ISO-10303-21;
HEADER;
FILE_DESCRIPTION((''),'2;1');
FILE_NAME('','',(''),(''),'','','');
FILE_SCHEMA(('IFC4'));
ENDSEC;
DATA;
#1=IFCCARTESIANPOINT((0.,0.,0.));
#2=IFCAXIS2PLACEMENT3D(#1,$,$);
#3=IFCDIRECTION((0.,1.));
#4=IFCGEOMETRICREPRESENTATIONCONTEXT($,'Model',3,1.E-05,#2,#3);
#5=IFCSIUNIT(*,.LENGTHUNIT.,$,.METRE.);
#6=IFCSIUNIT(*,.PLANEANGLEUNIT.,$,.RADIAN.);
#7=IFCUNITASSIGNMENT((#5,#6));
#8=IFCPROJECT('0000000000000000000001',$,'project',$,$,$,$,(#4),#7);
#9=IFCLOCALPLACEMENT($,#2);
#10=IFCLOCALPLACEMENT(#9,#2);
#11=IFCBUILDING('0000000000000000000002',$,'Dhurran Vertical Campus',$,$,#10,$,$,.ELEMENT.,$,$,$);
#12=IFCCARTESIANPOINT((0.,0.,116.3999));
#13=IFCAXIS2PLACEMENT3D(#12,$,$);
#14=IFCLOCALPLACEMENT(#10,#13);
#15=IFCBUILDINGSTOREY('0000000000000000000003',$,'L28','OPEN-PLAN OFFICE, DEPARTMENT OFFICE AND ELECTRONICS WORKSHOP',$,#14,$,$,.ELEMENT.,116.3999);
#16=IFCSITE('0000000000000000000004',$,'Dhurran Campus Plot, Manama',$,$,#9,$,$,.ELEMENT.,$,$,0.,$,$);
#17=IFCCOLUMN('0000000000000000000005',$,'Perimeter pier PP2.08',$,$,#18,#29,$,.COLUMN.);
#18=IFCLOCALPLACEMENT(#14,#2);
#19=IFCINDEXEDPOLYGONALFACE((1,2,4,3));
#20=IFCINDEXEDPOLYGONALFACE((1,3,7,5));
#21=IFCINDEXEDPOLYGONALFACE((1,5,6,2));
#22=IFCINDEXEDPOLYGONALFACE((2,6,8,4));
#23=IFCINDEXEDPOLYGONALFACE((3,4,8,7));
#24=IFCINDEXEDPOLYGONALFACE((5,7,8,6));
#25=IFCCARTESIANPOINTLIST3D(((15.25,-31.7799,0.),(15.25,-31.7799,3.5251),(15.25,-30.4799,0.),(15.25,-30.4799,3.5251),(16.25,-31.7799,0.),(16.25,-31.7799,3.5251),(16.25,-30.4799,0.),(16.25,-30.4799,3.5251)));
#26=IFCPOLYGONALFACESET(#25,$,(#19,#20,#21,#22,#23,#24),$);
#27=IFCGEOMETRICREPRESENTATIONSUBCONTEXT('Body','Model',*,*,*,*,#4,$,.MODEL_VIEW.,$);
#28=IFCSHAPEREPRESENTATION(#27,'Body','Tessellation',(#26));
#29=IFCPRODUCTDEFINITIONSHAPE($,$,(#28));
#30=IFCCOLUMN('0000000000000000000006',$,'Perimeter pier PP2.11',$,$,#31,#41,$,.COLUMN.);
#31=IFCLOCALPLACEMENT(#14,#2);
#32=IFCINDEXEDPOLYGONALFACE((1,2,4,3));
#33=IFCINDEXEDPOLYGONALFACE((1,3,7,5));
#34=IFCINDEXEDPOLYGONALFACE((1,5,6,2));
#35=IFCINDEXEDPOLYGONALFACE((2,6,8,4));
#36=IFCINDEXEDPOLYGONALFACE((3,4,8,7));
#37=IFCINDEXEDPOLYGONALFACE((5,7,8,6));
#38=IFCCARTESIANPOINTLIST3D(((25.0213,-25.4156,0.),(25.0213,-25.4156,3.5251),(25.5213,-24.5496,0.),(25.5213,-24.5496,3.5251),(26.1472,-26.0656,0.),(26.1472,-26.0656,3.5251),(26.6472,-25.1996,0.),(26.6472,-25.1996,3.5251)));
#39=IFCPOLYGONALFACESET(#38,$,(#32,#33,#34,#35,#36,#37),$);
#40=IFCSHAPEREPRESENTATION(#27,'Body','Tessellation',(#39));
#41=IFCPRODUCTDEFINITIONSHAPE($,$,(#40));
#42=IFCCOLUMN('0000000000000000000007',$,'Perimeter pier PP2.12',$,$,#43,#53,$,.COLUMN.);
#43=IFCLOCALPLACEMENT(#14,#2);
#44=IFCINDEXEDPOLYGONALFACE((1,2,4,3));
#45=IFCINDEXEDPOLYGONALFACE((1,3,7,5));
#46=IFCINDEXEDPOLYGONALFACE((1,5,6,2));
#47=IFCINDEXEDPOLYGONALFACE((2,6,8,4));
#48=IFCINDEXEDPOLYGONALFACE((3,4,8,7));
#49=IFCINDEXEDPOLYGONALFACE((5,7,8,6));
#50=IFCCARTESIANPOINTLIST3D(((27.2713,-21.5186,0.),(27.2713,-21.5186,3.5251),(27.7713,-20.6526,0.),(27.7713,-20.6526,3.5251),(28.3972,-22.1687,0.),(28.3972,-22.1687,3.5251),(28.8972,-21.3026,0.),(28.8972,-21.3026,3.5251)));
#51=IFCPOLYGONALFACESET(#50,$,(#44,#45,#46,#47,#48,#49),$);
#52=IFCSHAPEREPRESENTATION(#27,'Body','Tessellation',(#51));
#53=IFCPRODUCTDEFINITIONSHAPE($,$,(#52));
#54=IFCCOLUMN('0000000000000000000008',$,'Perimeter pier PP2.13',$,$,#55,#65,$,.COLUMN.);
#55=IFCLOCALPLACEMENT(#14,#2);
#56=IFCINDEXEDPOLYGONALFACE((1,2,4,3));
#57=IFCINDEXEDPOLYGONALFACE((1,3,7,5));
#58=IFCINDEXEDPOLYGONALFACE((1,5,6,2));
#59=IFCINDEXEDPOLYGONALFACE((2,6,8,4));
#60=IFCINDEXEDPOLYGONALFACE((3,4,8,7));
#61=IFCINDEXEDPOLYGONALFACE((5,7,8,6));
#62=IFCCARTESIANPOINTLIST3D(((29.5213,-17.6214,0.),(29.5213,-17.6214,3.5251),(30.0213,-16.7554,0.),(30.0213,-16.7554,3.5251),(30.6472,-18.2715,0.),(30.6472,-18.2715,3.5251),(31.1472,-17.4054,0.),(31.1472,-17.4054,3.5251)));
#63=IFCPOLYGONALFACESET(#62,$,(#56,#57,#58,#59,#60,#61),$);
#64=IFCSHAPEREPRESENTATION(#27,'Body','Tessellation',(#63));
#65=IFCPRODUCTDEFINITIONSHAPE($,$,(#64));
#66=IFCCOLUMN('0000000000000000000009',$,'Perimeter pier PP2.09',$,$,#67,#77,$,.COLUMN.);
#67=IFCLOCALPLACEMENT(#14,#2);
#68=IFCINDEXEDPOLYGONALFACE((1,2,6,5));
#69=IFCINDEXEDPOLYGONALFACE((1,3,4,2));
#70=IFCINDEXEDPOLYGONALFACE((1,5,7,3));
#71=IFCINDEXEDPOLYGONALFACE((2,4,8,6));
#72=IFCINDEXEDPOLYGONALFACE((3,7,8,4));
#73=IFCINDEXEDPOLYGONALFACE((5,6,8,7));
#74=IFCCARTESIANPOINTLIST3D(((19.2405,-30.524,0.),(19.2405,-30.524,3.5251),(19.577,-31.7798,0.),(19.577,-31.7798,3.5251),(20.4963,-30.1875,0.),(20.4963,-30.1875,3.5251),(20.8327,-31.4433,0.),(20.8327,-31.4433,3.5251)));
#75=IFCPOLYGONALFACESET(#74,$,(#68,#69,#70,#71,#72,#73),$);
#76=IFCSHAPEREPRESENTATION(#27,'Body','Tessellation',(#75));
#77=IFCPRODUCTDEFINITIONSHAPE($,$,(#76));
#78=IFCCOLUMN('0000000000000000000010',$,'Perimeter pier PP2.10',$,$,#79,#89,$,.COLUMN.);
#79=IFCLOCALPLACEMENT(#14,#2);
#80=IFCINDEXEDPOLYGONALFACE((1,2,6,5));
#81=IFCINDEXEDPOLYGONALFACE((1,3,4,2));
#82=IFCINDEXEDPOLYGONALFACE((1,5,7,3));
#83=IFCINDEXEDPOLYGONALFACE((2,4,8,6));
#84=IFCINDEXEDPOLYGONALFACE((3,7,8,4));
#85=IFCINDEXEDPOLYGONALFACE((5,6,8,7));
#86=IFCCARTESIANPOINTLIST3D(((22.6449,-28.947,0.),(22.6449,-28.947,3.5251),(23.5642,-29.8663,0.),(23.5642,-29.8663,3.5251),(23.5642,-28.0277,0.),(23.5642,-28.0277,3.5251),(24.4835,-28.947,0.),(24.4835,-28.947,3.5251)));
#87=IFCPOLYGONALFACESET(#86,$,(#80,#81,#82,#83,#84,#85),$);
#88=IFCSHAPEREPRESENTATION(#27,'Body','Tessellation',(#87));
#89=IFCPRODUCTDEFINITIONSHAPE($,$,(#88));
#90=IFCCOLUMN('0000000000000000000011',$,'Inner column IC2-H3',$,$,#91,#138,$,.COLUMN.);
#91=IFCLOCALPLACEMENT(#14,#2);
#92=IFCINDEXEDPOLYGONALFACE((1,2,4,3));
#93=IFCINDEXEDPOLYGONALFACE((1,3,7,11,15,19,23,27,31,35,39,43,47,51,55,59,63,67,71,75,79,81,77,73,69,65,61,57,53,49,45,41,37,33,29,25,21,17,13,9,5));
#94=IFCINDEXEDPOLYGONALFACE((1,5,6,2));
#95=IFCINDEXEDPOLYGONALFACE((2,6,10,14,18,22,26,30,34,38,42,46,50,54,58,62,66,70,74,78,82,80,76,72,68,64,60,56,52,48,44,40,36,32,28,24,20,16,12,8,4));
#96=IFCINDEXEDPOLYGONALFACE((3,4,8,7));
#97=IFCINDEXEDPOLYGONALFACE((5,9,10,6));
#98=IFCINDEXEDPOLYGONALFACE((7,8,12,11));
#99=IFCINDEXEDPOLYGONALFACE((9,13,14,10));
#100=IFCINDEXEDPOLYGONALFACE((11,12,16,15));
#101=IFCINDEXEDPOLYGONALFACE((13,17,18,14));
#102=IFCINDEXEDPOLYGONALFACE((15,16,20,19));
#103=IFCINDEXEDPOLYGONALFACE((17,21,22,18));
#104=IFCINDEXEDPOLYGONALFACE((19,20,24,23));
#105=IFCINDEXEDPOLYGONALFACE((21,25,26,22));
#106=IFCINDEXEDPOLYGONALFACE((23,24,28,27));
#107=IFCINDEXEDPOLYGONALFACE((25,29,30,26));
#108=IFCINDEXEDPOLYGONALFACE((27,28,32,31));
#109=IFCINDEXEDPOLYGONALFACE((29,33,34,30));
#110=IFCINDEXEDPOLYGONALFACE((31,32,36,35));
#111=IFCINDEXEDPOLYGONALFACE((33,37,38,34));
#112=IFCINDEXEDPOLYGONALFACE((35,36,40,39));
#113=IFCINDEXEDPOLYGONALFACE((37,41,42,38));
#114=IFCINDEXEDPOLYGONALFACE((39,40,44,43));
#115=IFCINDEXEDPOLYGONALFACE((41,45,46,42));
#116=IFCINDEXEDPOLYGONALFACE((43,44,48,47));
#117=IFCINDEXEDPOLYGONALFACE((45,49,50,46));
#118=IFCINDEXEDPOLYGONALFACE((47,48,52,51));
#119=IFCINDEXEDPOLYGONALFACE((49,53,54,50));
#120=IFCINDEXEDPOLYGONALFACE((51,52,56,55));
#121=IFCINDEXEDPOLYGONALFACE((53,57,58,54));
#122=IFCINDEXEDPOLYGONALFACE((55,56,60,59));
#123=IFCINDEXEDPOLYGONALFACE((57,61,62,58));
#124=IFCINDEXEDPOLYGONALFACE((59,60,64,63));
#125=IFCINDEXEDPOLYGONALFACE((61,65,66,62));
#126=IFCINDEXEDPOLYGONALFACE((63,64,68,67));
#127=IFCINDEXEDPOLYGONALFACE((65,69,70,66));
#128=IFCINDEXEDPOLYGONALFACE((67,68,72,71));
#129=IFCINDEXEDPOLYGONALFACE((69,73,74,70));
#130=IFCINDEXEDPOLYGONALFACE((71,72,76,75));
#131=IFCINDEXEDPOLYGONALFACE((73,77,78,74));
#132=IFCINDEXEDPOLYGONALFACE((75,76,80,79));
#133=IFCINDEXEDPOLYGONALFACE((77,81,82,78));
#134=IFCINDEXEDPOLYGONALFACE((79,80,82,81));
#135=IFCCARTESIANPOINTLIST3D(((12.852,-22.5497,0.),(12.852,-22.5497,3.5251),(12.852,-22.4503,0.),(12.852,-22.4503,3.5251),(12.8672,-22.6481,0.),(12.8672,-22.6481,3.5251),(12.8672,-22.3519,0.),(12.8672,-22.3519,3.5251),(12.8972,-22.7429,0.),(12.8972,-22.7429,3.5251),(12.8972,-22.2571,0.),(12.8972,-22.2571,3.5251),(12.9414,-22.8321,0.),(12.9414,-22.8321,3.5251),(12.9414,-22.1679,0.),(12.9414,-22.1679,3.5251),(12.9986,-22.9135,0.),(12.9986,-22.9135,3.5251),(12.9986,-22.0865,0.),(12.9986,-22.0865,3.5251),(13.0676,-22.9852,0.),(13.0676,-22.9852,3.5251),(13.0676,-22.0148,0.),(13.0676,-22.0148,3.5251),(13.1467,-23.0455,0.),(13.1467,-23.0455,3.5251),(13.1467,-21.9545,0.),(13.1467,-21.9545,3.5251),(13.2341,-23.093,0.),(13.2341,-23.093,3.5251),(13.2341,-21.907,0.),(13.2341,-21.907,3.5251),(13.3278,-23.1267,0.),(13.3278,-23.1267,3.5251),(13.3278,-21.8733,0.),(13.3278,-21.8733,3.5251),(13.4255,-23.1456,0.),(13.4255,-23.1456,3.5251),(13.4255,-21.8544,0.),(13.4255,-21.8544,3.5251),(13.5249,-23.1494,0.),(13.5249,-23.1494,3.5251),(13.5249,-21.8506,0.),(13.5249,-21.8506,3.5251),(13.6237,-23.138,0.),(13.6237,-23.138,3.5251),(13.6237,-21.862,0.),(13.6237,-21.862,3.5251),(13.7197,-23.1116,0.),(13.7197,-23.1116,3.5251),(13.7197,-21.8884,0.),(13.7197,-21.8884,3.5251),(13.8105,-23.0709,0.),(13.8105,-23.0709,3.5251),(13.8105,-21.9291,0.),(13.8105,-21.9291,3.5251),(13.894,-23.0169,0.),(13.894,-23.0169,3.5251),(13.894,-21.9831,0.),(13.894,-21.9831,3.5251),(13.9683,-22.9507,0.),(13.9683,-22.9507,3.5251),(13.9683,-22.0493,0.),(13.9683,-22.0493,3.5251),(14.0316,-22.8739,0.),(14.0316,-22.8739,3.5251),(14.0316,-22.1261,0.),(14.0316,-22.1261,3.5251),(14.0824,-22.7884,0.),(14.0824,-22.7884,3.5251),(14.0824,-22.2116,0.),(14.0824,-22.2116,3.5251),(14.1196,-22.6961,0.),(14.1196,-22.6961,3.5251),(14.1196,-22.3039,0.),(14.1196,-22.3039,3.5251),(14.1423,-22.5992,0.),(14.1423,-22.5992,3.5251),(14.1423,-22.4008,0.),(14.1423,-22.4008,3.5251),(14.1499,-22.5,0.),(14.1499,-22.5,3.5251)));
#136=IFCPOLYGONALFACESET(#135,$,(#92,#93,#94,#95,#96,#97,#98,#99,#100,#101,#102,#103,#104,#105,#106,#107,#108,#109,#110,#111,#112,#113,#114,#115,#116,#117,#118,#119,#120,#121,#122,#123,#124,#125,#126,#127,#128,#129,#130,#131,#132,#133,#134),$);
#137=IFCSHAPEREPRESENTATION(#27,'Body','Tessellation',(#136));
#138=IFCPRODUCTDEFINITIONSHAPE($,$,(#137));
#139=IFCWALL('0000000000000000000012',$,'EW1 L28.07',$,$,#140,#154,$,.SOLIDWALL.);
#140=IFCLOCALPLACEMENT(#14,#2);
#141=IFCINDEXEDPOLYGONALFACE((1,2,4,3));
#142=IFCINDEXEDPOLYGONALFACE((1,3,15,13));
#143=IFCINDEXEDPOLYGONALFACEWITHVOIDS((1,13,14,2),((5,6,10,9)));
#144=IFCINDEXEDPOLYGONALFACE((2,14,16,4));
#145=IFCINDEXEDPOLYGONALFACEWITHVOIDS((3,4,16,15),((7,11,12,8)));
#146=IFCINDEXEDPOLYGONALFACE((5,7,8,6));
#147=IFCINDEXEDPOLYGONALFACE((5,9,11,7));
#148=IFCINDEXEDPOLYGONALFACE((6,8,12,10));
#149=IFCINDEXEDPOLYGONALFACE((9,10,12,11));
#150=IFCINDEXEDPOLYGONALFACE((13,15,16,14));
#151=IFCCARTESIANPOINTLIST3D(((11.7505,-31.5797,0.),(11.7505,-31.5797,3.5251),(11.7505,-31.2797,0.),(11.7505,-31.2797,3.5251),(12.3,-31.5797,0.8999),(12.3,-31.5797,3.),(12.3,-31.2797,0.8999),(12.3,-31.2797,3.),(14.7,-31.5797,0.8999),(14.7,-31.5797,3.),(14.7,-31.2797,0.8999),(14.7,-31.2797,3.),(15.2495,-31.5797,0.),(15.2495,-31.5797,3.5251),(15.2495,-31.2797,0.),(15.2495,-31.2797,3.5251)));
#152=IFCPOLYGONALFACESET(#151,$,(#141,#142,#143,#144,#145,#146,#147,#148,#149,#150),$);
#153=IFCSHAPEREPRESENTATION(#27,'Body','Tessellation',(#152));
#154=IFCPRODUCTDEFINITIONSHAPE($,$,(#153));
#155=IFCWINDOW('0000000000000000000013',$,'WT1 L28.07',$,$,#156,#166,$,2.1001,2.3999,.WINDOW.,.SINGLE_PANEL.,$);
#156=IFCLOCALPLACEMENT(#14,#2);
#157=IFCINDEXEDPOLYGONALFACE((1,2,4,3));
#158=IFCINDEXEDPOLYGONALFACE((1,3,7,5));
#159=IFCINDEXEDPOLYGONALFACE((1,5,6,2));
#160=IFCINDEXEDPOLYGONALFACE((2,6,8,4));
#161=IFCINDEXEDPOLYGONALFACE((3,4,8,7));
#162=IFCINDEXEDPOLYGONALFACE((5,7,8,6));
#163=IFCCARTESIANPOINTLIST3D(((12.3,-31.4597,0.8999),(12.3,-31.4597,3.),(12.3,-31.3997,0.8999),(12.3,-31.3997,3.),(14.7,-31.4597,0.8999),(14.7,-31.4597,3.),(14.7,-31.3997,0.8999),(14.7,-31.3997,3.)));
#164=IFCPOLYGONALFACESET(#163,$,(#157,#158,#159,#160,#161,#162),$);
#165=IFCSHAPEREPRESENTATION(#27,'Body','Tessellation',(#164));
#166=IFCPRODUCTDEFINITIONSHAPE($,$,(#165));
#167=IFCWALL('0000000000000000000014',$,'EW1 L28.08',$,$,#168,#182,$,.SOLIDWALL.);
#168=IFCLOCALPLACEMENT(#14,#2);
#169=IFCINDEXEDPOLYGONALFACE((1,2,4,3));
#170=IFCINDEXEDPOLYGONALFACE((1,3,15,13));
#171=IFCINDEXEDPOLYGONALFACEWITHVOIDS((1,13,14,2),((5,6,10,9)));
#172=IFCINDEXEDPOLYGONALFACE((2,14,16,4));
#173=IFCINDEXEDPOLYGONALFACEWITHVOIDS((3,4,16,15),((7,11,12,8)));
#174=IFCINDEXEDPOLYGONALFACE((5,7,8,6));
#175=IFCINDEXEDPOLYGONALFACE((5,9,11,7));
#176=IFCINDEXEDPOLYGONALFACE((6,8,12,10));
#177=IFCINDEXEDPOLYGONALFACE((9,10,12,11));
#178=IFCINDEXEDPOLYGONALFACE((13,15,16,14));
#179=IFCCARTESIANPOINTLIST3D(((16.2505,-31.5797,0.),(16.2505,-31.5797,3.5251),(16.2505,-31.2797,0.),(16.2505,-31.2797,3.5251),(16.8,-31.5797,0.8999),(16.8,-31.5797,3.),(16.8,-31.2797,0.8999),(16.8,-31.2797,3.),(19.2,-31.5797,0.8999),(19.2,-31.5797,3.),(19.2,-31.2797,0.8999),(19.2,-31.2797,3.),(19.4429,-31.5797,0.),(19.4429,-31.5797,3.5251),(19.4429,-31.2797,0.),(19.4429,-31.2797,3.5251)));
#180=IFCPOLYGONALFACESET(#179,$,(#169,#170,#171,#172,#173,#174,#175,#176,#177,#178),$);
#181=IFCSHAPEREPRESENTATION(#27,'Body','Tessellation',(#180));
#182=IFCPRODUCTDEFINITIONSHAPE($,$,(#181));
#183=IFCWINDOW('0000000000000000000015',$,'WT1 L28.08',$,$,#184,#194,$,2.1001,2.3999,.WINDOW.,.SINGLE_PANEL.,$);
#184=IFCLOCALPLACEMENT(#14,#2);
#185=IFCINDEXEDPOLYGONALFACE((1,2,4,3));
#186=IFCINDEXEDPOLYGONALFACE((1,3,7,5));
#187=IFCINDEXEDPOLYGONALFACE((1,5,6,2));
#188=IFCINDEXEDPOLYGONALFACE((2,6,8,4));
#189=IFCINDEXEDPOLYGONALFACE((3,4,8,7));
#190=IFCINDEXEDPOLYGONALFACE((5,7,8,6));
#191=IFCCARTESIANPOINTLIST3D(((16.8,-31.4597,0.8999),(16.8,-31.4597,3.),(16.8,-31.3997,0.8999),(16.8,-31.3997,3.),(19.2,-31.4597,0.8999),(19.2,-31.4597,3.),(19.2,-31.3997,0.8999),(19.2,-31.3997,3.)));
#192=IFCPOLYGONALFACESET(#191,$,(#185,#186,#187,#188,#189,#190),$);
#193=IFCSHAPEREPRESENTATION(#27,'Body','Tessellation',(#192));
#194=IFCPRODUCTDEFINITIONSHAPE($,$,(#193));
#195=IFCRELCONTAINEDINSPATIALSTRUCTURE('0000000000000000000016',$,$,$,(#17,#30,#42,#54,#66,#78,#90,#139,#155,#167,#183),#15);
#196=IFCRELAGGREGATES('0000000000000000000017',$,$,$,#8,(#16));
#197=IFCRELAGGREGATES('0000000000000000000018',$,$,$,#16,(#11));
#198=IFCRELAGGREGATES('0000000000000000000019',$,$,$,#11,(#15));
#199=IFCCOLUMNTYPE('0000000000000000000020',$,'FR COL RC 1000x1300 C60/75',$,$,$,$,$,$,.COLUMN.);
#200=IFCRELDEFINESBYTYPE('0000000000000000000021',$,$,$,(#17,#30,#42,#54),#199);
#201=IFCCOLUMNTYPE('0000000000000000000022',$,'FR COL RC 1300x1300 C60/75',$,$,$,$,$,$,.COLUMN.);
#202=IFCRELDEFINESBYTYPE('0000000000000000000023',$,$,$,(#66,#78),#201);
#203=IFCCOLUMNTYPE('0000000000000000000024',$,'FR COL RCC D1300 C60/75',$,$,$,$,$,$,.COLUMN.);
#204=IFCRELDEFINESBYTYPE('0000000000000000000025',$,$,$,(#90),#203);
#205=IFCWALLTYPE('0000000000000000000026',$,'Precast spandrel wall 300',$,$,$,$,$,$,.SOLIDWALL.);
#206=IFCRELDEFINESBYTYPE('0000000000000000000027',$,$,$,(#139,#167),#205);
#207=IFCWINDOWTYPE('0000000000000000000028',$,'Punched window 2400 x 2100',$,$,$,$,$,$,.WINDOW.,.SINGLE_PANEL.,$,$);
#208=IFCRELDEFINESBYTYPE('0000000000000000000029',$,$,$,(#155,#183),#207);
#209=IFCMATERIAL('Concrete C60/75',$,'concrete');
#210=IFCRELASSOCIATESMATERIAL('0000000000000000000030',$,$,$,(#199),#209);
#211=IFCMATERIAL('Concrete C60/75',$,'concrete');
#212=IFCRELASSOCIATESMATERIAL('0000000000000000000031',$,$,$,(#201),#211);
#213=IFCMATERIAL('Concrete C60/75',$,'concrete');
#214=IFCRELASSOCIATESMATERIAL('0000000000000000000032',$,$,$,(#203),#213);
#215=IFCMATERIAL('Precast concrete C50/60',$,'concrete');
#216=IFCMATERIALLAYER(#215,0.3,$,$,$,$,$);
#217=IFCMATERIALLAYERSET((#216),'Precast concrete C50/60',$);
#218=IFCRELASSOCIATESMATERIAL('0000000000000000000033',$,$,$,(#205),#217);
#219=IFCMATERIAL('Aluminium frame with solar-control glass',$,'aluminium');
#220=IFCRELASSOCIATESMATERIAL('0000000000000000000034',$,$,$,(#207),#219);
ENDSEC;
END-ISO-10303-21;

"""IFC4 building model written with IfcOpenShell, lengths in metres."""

from ifc_helpers import new_model, si_unit, direction, frame, frame_2d, origin, origin_2d, place, context, subcontext, project, spatial, rectangle, circle, extrude, material, layer, layer_set, material_profile, profile_set, type_object, element, fill, save


model = new_model("IFC4")

# Units and contexts
model_context = context("Model", 3, precision=1e-05, world=origin(), true_north=direction((0.0, 1.0)))
body_context = subcontext(model_context, "Body", "Model", "MODEL_VIEW")
ifc_project = project(units=[si_unit("LENGTHUNIT", "METRE"), si_unit("PLANEANGLEUNIT", "RADIAN")], contexts=[model_context])

# Site, building, storey
site_placement = place(None, origin())
site = spatial("IfcSite", under=ifc_project, at=site_placement, Name="Dhurran Campus Plot, Manama", CompositionType="ELEMENT", RefElevation=0.0)
building_placement = place(site_placement, origin())
building = spatial("IfcBuilding", under=site, at=building_placement, Name="Dhurran Vertical Campus", CompositionType="ELEMENT")
storey_placement = place(building_placement, frame((0.0, 0.0, 116.3999)))
storey = spatial("IfcBuildingStorey", under=building, at=storey_placement, Name="L28", Description="OPEN-PLAN OFFICE, DEPARTMENT OFFICE AND ELECTRONICS WORKSHOP", CompositionType="ELEMENT", Elevation=116.3999)

# Columns
ifc_material_1 = material(Name="Concrete C60/75", Category="concrete")
ifc_material_profile_1 = material_profile(ifc_material_1, rectangle(XDim=1.0, YDim=1.3, at=origin_2d()), Name="RC 1000x1300")
ifc_profile_set_1 = profile_set([ifc_material_profile_1], Name="Concrete C60/75")
column_type_1 = type_object("IfcColumnType", Name="FR COL RC 1000x1300 C60/75", PredefinedType="COLUMN", material=ifc_profile_set_1)
for number, where, z_axis, x_axis, name in (
    (1, (15.75, -31.1299, 0.0), (0.0, 0.0, 1.0), (1.0, 0.0, 0.0), "Perimeter pier PP2.08"),
    (2, (25.8342, -25.3076, 0.0), (0.0, 0.0, 1.0), (0.5, 0.866025, 0.0), "Perimeter pier PP2.11"),
    (3, (28.0842, -21.4106, 0.0), (0.0, 0.0, 1.0), (0.5, 0.866025, 0.0), "Perimeter pier PP2.12"),
    (4, (30.3342, -17.5134, 0.0), (0.0, 0.0, 1.0), (0.5, 0.866025, 0.0), "Perimeter pier PP2.13"),
):
    element("IfcColumn", number, at=place(storey_placement, frame(where, z_axis=z_axis, x_axis=x_axis)), inside=storey, type_object=column_type_1, Name=name, PredefinedType="COLUMN", context=body_context, shape_type="SweptSolid", body=[
        extrude(rectangle(XDim=1.0, YDim=1.3, at=origin_2d()), origin(), (0.0, 0.0, 1.0), 3.5251),
    ])
ifc_material_2 = material(Name="Concrete C60/75", Category="concrete")
ifc_material_profile_2 = material_profile(ifc_material_2, rectangle(XDim=1.3, YDim=1.3, at=origin_2d()), Name="RC 1300x1300")
ifc_profile_set_2 = profile_set([ifc_material_profile_2], Name="Concrete C60/75")
column_type_2 = type_object("IfcColumnType", Name="FR COL RC 1300x1300 C60/75", PredefinedType="COLUMN", material=ifc_profile_set_2)
for number, where, z_axis, x_axis, name in (
    (5, (20.0366, -30.9836, 0.0), (0.0, 0.0, 1.0), (0.965926, 0.258819, 0.0), "Perimeter pier PP2.09"),
    (6, (23.5642, -28.947, 0.0), (0.0, 0.0, 1.0), (0.707107, 0.707107, 0.0), "Perimeter pier PP2.10"),
):
    element("IfcColumn", number, at=place(storey_placement, frame(where, z_axis=z_axis, x_axis=x_axis)), inside=storey, type_object=column_type_2, Name=name, PredefinedType="COLUMN", context=body_context, shape_type="SweptSolid", body=[
        extrude(rectangle(XDim=1.3, YDim=1.3, at=origin_2d()), origin(), (0.0, 0.0, 1.0), 3.5251),
    ])
ifc_material_3 = material(Name="Concrete C60/75", Category="concrete")
ifc_material_profile_3 = material_profile(ifc_material_3, circle(Radius=0.6499, at=origin_2d()), Name="RCC D1300")
ifc_profile_set_3 = profile_set([ifc_material_profile_3], Name="Concrete C60/75")
column_type_3 = type_object("IfcColumnType", Name="FR COL RCC D1300 C60/75", PredefinedType="COLUMN", material=ifc_profile_set_3)
column_placement = place(storey_placement, frame((13.5, -22.5, 0.0), z_axis=(0.0, 0.0, 1.0), x_axis=(1.0, 0.0, 0.0)))
element("IfcColumn", 7, at=column_placement, inside=storey, type_object=column_type_3, Name="Inner column IC2-H3", PredefinedType="COLUMN", context=body_context, shape_type="SweptSolid", body=[
    extrude(circle(Radius=0.6499, at=origin_2d()), origin(), (0.0, 0.0, 1.0), 3.5251),
])

# Walls, openings, windows
ifc_material_4 = material(Name="Precast concrete C50/60", Category="concrete")
ifc_layer_1 = layer(ifc_material_4, 0.3)
ifc_layer_set_1 = layer_set([ifc_layer_1], Name="Precast concrete C50/60")
wall_type_1 = type_object("IfcWallType", Name="Precast spandrel wall 300", PredefinedType="SOLIDWALL", material=ifc_layer_set_1)
wall_1_placement = place(storey_placement, frame((11.7505, -31.4297, 0.0), z_axis=(0.0, 0.0, 1.0), x_axis=(1.0, 0.0, 0.0)))
wall_1 = element("IfcWall", 8, at=wall_1_placement, inside=storey, type_object=wall_type_1, Name="EW1 L28.07", PredefinedType="SOLIDWALL", context=body_context, shape_type="SweptSolid", body=[
    extrude(rectangle(XDim=3.499, YDim=0.3, at=frame_2d((1.7495, 0.0))), origin(), (0.0, 0.0, 1.0), 3.5251),
])
opening_1_placement = place(wall_1_placement, frame((0.5496, 0.0, 0.8999)))
opening_1 = element("IfcOpeningElement", 9, at=opening_1_placement, cuts=wall_1, PredefinedType="OPENING", context=body_context, shape_type="SweptSolid", body=[
    extrude(rectangle(XDim=2.3999, YDim=2.1001, at=frame_2d((1.2, 1.05))), frame((0.0, 0.1599, 0.0), z_axis=(0.0, -1.0, 0.0), x_axis=(1.0, 0.0, 0.0)), (0.0, 0.0, 1.0), 0.3201),
])
ifc_material_5 = material(Name="Aluminium frame with solar-control glass", Category="aluminium")
window_type = type_object("IfcWindowType", Name="Punched window 2400 x 2100", PartitioningType="SINGLE_PANEL", PredefinedType="WINDOW", material=ifc_material_5)
window_1_placement = place(opening_1_placement, origin())
window_1 = element("IfcWindow", 10, at=window_1_placement, inside=storey, type_object=window_type, Name="WT1 L28.07", OverallHeight=2.1001, OverallWidth=2.3999, PartitioningType="SINGLE_PANEL", PredefinedType="WINDOW", context=body_context, shape_type="SweptSolid", body=[
    extrude(rectangle(XDim=2.3999, YDim=2.1001, at=frame_2d((1.2, 1.05))), frame((0.0, 0.03, 0.0), z_axis=(0.0, -1.0, 0.0), x_axis=(1.0, 0.0, 0.0)), (0.0, 0.0, 1.0), 0.0601),
])
fill(opening_1, window_1)
wall_2_placement = place(storey_placement, frame((16.2505, -31.4297, 0.0), z_axis=(0.0, 0.0, 1.0), x_axis=(1.0, 0.0, 0.0)))
wall_2 = element("IfcWall", 11, at=wall_2_placement, inside=storey, type_object=wall_type_1, Name="EW1 L28.08", PredefinedType="SOLIDWALL", context=body_context, shape_type="SweptSolid", body=[
    extrude(rectangle(XDim=3.1924, YDim=0.3, at=frame_2d((1.5962, 0.0))), origin(), (0.0, 0.0, 1.0), 3.5251),
])
opening_2_placement = place(wall_2_placement, frame((0.5496, 0.0, 0.8999)))
opening_2 = element("IfcOpeningElement", 12, at=opening_2_placement, cuts=wall_2, PredefinedType="OPENING", context=body_context, shape_type="SweptSolid", body=[
    extrude(rectangle(XDim=2.3999, YDim=2.1001, at=frame_2d((1.2, 1.05))), frame((0.0, 0.1599, 0.0), z_axis=(0.0, -1.0, 0.0), x_axis=(1.0, 0.0, 0.0)), (0.0, 0.0, 1.0), 0.3201),
])
window_2_placement = place(opening_2_placement, origin())
window_2 = element("IfcWindow", 13, at=window_2_placement, inside=storey, type_object=window_type, Name="WT1 L28.08", OverallHeight=2.1001, OverallWidth=2.3999, PartitioningType="SINGLE_PANEL", PredefinedType="WINDOW", context=body_context, shape_type="SweptSolid", body=[
    extrude(rectangle(XDim=2.3999, YDim=2.1001, at=frame_2d((1.2, 1.05))), frame((0.0, 0.03, 0.0), z_axis=(0.0, -1.0, 0.0), x_axis=(1.0, 0.0, 0.0)), (0.0, 0.0, 1.0), 0.0601),
])
fill(opening_2, window_2)

save(model, "model.ifc")
